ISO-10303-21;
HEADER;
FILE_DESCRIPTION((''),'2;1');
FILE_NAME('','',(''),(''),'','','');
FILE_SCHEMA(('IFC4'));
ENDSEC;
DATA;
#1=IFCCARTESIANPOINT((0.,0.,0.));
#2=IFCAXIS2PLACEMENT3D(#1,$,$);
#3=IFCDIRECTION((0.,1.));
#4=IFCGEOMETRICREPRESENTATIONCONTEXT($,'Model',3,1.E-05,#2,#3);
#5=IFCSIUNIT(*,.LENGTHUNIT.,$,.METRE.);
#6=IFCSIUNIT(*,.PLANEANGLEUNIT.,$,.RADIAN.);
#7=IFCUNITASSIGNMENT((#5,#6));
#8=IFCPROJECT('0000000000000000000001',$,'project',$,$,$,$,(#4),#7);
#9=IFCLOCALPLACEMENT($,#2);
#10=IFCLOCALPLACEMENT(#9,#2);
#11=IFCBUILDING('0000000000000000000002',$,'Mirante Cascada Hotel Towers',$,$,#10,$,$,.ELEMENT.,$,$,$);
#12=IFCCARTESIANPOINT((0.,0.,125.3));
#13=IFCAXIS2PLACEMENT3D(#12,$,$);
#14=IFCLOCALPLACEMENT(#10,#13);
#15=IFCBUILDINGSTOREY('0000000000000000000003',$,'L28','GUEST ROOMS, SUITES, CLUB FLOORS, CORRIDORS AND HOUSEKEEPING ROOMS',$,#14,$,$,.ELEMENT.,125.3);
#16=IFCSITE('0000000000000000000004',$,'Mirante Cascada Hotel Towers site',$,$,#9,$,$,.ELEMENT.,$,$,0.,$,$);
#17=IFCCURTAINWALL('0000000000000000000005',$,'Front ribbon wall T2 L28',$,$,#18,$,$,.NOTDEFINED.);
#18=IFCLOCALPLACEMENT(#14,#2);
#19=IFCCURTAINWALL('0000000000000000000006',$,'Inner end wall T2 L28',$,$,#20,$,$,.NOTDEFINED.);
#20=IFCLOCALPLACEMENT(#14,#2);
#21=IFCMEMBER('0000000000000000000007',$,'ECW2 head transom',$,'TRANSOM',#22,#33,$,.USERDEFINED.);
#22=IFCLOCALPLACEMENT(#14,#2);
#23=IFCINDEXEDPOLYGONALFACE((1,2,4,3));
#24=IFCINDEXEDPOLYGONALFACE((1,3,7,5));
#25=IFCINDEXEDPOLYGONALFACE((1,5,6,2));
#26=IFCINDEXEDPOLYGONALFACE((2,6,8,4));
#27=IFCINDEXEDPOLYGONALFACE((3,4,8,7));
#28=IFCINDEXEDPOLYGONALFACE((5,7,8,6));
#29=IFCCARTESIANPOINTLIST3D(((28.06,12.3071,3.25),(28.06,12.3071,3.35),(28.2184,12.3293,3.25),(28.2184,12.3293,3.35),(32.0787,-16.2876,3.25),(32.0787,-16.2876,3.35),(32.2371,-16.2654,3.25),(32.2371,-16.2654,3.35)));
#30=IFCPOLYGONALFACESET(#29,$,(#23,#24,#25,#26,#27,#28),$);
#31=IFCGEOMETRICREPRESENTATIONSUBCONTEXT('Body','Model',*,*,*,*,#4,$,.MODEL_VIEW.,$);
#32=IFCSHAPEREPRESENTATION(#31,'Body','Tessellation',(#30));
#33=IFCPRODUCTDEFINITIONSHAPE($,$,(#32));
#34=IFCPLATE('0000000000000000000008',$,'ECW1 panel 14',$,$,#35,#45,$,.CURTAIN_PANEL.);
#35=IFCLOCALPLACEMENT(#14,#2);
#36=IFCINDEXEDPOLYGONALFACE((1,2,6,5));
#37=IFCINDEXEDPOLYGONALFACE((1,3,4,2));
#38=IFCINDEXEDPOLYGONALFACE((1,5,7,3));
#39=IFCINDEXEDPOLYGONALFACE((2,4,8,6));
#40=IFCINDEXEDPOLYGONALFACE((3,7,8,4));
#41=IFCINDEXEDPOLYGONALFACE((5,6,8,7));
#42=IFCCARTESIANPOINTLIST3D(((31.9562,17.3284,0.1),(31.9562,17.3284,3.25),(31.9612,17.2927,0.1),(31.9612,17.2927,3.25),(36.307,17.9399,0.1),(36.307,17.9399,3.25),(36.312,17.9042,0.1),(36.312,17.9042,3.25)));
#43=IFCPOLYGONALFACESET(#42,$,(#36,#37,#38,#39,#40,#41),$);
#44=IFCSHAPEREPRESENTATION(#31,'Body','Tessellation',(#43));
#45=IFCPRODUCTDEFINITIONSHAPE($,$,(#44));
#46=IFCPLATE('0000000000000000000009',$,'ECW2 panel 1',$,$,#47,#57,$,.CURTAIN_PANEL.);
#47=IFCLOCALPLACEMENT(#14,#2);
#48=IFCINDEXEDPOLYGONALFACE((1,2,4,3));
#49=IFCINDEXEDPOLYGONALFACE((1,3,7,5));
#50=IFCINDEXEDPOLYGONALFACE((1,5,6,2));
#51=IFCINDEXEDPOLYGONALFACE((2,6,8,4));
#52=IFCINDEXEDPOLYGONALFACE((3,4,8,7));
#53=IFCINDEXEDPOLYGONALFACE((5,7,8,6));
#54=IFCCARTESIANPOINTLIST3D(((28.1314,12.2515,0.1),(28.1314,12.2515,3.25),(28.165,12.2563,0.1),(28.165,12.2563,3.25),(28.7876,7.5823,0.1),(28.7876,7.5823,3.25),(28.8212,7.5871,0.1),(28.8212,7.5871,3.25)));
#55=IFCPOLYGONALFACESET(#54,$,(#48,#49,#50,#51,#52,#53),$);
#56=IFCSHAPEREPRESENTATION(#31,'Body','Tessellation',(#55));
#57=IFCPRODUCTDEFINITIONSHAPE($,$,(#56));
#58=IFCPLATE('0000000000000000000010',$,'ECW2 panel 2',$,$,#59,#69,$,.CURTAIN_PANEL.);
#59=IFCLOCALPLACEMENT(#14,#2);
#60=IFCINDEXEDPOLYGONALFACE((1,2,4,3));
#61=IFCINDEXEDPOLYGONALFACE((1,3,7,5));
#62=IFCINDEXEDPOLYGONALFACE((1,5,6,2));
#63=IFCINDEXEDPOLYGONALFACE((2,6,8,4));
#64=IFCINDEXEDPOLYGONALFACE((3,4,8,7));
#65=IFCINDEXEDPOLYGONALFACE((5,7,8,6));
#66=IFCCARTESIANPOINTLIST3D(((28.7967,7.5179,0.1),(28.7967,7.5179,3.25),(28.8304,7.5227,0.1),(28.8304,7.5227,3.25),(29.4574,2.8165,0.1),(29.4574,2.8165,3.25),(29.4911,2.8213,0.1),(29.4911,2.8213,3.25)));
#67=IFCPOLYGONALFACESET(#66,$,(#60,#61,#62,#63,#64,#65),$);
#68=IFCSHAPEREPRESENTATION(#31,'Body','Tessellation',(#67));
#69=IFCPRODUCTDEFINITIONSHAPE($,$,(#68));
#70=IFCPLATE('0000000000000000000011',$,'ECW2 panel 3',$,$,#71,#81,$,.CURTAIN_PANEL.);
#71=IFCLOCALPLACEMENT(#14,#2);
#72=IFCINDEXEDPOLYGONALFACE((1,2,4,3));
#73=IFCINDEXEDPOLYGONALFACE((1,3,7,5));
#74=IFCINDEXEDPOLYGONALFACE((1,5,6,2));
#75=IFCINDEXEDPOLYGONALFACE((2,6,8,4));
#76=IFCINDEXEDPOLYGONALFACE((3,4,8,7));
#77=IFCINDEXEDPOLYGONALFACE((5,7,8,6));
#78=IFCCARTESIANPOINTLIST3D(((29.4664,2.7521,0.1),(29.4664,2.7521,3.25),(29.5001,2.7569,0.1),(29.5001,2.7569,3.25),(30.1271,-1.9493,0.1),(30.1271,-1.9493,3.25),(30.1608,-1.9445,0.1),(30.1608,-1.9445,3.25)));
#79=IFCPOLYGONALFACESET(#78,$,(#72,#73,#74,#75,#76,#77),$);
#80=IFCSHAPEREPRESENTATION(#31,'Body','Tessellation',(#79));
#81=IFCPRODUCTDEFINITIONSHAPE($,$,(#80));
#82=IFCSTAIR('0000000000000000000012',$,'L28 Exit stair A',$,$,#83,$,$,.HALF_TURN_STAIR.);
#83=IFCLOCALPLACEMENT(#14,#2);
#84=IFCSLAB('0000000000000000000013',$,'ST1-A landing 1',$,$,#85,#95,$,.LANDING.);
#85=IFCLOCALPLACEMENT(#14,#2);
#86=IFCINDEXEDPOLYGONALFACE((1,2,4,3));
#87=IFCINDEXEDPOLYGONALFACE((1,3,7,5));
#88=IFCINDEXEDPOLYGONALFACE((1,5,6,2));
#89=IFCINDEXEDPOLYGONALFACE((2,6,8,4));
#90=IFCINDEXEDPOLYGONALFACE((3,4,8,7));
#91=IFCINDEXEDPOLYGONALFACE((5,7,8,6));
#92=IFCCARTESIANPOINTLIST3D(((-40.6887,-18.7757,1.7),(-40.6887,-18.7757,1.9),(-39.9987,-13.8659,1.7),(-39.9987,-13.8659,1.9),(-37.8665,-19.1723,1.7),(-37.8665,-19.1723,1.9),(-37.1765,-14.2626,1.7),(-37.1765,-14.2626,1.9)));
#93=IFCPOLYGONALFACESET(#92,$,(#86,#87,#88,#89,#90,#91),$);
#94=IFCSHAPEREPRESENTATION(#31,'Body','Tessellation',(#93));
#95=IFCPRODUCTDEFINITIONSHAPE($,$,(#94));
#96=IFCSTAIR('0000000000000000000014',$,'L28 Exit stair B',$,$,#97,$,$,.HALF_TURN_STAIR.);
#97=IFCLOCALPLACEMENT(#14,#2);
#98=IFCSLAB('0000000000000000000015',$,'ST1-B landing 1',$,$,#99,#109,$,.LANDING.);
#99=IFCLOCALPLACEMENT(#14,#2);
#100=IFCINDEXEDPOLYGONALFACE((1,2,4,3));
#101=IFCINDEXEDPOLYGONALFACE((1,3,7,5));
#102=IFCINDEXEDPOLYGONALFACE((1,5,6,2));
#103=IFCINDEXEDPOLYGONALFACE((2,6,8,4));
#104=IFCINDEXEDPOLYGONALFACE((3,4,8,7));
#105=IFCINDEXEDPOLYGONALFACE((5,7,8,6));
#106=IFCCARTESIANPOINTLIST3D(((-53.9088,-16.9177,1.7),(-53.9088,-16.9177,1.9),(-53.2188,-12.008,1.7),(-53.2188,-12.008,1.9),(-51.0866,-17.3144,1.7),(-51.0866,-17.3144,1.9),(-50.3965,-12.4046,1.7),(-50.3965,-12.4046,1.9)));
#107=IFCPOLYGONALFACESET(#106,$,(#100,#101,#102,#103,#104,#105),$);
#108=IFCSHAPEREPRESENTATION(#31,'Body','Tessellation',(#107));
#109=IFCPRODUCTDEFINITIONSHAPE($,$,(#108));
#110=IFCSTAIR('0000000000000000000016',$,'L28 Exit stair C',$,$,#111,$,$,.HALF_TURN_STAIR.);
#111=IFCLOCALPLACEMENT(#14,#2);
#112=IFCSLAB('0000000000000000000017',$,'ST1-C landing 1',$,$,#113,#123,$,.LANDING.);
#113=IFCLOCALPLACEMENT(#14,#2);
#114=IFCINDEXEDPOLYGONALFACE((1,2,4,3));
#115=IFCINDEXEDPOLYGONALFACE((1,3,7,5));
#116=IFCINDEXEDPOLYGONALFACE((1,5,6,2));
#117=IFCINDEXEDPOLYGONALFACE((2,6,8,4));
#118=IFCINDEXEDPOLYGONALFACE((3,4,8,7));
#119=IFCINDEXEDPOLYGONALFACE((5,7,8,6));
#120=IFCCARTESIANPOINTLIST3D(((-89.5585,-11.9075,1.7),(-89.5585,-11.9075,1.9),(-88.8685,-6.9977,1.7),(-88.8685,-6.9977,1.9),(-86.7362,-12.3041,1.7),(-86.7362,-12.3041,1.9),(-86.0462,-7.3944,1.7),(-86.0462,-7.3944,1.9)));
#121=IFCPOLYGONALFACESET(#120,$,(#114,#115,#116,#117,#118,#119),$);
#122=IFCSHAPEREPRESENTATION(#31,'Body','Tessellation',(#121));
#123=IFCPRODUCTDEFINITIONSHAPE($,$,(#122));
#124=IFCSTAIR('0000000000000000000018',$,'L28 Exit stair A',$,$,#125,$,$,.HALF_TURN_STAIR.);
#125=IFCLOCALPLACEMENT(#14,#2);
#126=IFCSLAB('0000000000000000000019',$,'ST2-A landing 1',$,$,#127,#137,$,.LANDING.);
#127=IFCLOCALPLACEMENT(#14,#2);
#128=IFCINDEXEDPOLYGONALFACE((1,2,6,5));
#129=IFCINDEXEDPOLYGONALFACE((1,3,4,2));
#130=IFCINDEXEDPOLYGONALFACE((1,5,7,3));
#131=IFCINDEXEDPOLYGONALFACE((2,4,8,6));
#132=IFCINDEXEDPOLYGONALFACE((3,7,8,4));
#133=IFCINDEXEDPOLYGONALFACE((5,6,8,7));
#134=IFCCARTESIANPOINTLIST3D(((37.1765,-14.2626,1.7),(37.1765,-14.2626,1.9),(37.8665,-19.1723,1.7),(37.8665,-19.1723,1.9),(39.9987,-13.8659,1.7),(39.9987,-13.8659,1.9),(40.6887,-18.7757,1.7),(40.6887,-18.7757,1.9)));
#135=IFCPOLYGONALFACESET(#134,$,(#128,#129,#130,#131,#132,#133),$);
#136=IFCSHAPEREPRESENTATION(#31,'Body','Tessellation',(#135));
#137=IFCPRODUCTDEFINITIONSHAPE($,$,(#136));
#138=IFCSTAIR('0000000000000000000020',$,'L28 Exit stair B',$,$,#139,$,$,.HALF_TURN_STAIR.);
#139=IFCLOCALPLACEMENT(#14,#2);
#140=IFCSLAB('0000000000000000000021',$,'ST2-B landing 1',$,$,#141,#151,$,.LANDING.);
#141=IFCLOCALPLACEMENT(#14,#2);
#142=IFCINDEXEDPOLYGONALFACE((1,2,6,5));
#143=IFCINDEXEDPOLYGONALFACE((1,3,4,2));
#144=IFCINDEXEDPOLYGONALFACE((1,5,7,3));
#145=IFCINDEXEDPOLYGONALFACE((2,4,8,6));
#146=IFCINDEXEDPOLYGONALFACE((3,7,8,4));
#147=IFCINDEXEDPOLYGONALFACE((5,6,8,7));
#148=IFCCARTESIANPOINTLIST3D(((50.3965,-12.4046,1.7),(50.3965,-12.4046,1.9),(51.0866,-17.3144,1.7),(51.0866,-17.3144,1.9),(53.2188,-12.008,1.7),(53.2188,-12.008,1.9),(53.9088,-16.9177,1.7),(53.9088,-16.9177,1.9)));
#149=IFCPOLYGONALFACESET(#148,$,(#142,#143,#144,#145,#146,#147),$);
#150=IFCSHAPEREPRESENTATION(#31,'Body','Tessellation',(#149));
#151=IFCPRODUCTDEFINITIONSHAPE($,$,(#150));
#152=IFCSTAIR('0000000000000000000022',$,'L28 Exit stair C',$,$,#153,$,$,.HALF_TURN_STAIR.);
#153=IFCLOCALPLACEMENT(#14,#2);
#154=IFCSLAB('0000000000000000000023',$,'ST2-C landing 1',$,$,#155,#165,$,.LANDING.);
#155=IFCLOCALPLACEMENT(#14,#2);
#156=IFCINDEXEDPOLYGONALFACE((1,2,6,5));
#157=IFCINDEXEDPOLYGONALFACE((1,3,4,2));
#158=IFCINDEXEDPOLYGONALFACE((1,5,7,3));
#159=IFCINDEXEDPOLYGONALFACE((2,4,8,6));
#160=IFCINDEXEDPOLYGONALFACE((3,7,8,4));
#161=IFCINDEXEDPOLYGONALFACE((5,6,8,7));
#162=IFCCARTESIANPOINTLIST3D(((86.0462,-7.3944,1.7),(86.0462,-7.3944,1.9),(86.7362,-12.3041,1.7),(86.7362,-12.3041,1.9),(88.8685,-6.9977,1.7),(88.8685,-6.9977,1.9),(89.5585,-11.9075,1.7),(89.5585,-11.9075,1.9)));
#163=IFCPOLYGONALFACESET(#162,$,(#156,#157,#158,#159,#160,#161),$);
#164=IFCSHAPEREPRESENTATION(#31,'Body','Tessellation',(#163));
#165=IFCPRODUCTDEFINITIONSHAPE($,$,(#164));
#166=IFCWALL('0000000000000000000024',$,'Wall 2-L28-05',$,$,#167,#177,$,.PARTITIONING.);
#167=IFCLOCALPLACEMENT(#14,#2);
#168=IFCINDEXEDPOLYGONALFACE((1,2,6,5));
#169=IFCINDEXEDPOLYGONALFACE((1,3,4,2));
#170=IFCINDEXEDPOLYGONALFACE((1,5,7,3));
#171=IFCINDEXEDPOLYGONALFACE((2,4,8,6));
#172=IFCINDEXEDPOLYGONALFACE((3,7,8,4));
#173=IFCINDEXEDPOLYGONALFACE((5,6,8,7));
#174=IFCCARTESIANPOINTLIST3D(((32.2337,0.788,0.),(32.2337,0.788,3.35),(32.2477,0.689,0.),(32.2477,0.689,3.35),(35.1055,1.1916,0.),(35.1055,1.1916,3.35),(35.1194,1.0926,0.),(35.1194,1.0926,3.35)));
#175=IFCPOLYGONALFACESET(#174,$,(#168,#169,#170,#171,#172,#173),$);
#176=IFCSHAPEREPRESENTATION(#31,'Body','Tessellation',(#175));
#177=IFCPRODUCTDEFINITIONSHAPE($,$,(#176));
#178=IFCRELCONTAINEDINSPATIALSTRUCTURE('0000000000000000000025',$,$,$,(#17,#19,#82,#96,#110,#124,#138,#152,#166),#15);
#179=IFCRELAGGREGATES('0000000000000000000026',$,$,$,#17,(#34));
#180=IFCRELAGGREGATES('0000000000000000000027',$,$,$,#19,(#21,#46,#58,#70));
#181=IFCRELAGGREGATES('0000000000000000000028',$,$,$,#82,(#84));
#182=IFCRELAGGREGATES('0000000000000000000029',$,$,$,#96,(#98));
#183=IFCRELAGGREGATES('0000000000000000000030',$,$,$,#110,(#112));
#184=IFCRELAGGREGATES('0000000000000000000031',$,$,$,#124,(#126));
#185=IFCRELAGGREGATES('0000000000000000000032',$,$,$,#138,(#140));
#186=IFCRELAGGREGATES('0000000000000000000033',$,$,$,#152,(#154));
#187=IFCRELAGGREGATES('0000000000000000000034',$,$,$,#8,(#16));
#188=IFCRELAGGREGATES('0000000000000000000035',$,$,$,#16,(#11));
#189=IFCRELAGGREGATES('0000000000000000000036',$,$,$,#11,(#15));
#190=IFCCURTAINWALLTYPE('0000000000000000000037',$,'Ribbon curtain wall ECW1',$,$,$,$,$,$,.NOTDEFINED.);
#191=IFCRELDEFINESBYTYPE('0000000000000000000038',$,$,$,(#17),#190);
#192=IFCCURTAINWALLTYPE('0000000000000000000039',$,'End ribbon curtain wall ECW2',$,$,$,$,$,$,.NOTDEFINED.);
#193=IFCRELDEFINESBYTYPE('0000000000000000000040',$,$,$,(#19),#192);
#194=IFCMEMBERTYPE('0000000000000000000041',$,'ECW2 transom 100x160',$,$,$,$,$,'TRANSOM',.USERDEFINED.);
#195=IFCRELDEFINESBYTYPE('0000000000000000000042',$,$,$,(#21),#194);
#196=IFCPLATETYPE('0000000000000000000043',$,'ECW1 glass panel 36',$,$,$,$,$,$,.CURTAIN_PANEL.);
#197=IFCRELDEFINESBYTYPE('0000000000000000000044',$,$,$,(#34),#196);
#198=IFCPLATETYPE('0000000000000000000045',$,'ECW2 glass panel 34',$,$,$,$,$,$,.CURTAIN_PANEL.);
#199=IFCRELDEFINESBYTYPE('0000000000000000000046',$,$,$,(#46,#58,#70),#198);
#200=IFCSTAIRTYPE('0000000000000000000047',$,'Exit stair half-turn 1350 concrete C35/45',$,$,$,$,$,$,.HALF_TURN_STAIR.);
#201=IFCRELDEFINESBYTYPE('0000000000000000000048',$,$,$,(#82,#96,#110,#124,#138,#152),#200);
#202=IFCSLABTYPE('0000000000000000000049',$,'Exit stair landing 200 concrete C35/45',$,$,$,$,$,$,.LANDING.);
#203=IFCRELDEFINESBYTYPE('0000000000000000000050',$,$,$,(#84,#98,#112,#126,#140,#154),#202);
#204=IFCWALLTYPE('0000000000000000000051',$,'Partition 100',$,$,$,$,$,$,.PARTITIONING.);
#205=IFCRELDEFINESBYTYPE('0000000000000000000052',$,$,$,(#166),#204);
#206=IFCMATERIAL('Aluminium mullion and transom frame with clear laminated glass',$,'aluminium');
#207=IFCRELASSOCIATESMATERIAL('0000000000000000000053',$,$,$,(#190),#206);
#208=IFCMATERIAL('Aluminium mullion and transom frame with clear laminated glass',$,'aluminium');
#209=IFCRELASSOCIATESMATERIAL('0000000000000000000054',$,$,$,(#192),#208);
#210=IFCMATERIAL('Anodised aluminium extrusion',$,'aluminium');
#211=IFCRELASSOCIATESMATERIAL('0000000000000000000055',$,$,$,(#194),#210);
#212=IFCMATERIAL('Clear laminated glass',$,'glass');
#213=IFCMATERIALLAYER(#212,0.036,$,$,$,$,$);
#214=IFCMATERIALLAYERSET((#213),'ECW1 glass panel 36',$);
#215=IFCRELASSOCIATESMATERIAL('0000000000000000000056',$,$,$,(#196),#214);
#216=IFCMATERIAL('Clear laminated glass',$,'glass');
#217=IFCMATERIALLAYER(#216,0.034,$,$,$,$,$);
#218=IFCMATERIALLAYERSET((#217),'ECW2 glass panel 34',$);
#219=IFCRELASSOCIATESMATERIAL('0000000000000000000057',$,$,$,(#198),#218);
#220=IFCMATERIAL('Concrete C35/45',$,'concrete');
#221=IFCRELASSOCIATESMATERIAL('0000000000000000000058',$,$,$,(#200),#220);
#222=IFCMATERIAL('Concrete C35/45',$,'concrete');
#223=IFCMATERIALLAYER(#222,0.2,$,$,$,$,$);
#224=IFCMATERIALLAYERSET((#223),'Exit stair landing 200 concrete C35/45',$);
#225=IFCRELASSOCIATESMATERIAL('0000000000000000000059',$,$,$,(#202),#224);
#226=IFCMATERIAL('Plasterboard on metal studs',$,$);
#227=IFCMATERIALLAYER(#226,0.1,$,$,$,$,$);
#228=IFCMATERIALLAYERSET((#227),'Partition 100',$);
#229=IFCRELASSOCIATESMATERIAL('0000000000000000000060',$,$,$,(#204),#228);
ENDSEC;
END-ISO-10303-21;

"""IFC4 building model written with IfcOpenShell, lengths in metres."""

from ifc_helpers import new_model, si_unit, direction, frame, frame_2d, origin, origin_2d, place, context, subcontext, project, spatial, polyline, rectangle, outline, extrude, material, layer, layer_set, material_profile, profile_set, type_object, element, aggregate, save


model = new_model("IFC4")

# Units and contexts
model_context = context("Model", 3, precision=1e-05, world=origin(), true_north=direction((0.0, 1.0)))
body_context = subcontext(model_context, "Body", "Model", "MODEL_VIEW")
ifc_project = project(units=[si_unit("LENGTHUNIT", "METRE"), si_unit("PLANEANGLEUNIT", "RADIAN")], contexts=[model_context])

# Site, building, storey
site_placement = place(None, origin())
site = spatial("IfcSite", under=ifc_project, at=site_placement, Name="Mirante Cascada Hotel Towers site", CompositionType="ELEMENT", RefElevation=0.0)
building_placement = place(site_placement, origin())
building = spatial("IfcBuilding", under=site, at=building_placement, Name="Mirante Cascada Hotel Towers", CompositionType="ELEMENT")
storey_placement = place(building_placement, frame((0.0, 0.0, 125.3)))
storey = spatial("IfcBuildingStorey", under=building, at=storey_placement, Name="L28", Description="GUEST ROOMS, SUITES, CLUB FLOORS, CORRIDORS AND HOUSEKEEPING ROOMS", CompositionType="ELEMENT", Elevation=125.3)

# Curtain walls, member
ifc_material_1 = material(Name="Aluminium mullion and transom frame with clear laminated glass", Category="aluminium")
curtain_wall_type_1 = type_object("IfcCurtainWallType", Name="Ribbon curtain wall ECW1", PredefinedType="NOTDEFINED", material=ifc_material_1)
curtain_wall_1_placement = place(storey_placement, origin())
curtain_wall_1 = element("IfcCurtainWall", 1, at=curtain_wall_1_placement, inside=storey, type_object=curtain_wall_type_1, Name="Front ribbon wall T2 L28", PredefinedType="NOTDEFINED")
ifc_material_2 = material(Name="Aluminium mullion and transom frame with clear laminated glass", Category="aluminium")
curtain_wall_type_2 = type_object("IfcCurtainWallType", Name="End ribbon curtain wall ECW2", PredefinedType="NOTDEFINED", material=ifc_material_2)
curtain_wall_2_placement = place(storey_placement, origin())
curtain_wall_2 = element("IfcCurtainWall", 2, at=curtain_wall_2_placement, inside=storey, type_object=curtain_wall_type_2, Name="Inner end wall T2 L28", PredefinedType="NOTDEFINED")
ifc_material_3 = material(Name="Anodised aluminium extrusion", Category="aluminium")
ifc_material_profile_1 = material_profile(ifc_material_3, rectangle(XDim=0.16, YDim=0.1, at=origin_2d()), Name="ECW2 TRANSOM 100x160")
ifc_profile_set_1 = profile_set([ifc_material_profile_1], Name="Anodised aluminium extrusion")
member_type_1 = type_object("IfcMemberType", Name="ECW2 transom 100x160", ElementType="TRANSOM", PredefinedType="USERDEFINED", material=ifc_profile_set_1)
member_1_placement = place(storey_placement, frame((28.1392, 12.3182, 3.3), z_axis=(0.139172, -0.990268, 0.0), x_axis=(0.990268, 0.139172, 0.0)))
member_1 = element("IfcMember", 3, at=member_1_placement, type_object=member_type_1, Name="ECW2 head transom", ObjectType="TRANSOM", PredefinedType="USERDEFINED", context=body_context, shape_type="SweptSolid", body=[
    extrude(rectangle(XDim=0.16, YDim=0.1, at=origin_2d()), origin(), (0.0, 0.0, 1.0), 28.8757),
])

# Plates
ifc_material_4 = material(Name="Clear laminated glass", Category="glass")
ifc_layer_1 = layer(ifc_material_4, 0.036)
ifc_layer_set_1 = layer_set([ifc_layer_1], Name="ECW1 glass panel 36")
plate_type_1 = type_object("IfcPlateType", Name="ECW1 glass panel 36", PredefinedType="CURTAIN_PANEL", material=ifc_layer_set_1)
plate_1_placement = place(storey_placement, frame((34.1341, 17.6163, 0.1), z_axis=(0.0, 0.0, 1.0), x_axis=(-0.990268, -0.139173, 0.0)))
plate_1 = element("IfcPlate", 4, at=plate_1_placement, type_object=plate_type_1, Name="ECW1 panel 14", PredefinedType="CURTAIN_PANEL", context=body_context, shape_type="SweptSolid", body=[
    extrude(rectangle(XDim=4.3936, YDim=0.036, at=origin_2d()), origin(), (0.0, 0.0, 1.0), 3.15),
])
aggregate(curtain_wall_1, [plate_1])
ifc_material_5 = material(Name="Clear laminated glass", Category="glass")
ifc_layer_2 = layer(ifc_material_5, 0.034)
ifc_layer_set_2 = layer_set([ifc_layer_2], Name="ECW2 glass panel 34")
plate_type_2 = type_object("IfcPlateType", Name="ECW2 glass panel 34", PredefinedType="CURTAIN_PANEL", material=ifc_layer_set_2)
plate_2_placement = place(storey_placement, frame((28.4763, 9.9193, 0.1), z_axis=(0.0, 0.0, 1.0), x_axis=(0.139173, -0.990268, 0.0)))
plate_2 = element("IfcPlate", 5, at=plate_2_placement, type_object=plate_type_2, Name="ECW2 panel 1", PredefinedType="CURTAIN_PANEL", context=body_context, shape_type="SweptSolid", body=[
    extrude(rectangle(XDim=4.7151, YDim=0.034, at=origin_2d()), origin(), (0.0, 0.0, 1.0), 3.15),
])
plate_3_placement = place(storey_placement, frame((29.1439, 5.1696, 0.1), z_axis=(0.0, 0.0, 1.0), x_axis=(0.139173, -0.990268, 0.0)))
plate_3 = element("IfcPlate", 6, at=plate_3_placement, type_object=plate_type_2, Name="ECW2 panel 2", PredefinedType="CURTAIN_PANEL", context=body_context, shape_type="SweptSolid", body=[
    extrude(rectangle(XDim=4.7476, YDim=0.034, at=origin_2d()), origin(), (0.0, 0.0, 1.0), 3.15),
])
plate_4_placement = place(storey_placement, frame((29.8136, 0.4038, 0.1), z_axis=(0.0, 0.0, 1.0), x_axis=(0.139173, -0.990268, 0.0)))
plate_4 = element("IfcPlate", 7, at=plate_4_placement, type_object=plate_type_2, Name="ECW2 panel 3", PredefinedType="CURTAIN_PANEL", context=body_context, shape_type="SweptSolid", body=[
    extrude(rectangle(XDim=4.7476, YDim=0.034, at=origin_2d()), origin(), (0.0, 0.0, 1.0), 3.15),
])
aggregate(curtain_wall_2, [member_1, plate_2, plate_3, plate_4])

# Stairs, slabs
ifc_material_6 = material(Name="Concrete C35/45", Category="concrete")
stair_type = type_object("IfcStairType", Name="Exit stair half-turn 1350 concrete C35/45", PredefinedType="HALF_TURN_STAIR", material=ifc_material_6)
stair_1_placement = place(storey_placement, origin())
stair_1 = element("IfcStair", 8, at=stair_1_placement, inside=storey, type_object=stair_type, Name="L28 Exit stair A", PredefinedType="HALF_TURN_STAIR")
ifc_material_7 = material(Name="Concrete C35/45", Category="concrete")
ifc_layer_3 = layer(ifc_material_7, 0.2)
ifc_layer_set_3 = layer_set([ifc_layer_3], Name="Exit stair landing 200 concrete C35/45")
slab_type = type_object("IfcSlabType", Name="Exit stair landing 200 concrete C35/45", PredefinedType="LANDING", material=ifc_layer_set_3)
slab_1_placement = place(storey_placement, frame((0.0, 0.0, 1.7)))
slab_1 = element("IfcSlab", 9, at=slab_1_placement, type_object=slab_type, Name="ST1-A landing 1", PredefinedType="LANDING", context=body_context, shape_type="SweptSolid", body=[
    extrude(outline(polyline([(-39.9987, -13.8659), (-40.6887, -18.7757), (-37.8665, -19.1723), (-37.1765, -14.2626), (-39.9987, -13.8659)])), origin(), (0.0, 0.0, 1.0), 0.2),
])
aggregate(stair_1, [slab_1])
stair_2_placement = place(storey_placement, origin())
stair_2 = element("IfcStair", 10, at=stair_2_placement, inside=storey, type_object=stair_type, Name="L28 Exit stair B", PredefinedType="HALF_TURN_STAIR")
slab_2_placement = place(storey_placement, frame((0.0, 0.0, 1.7)))
slab_2 = element("IfcSlab", 11, at=slab_2_placement, type_object=slab_type, Name="ST1-B landing 1", PredefinedType="LANDING", context=body_context, shape_type="SweptSolid", body=[
    extrude(outline(polyline([(-53.2188, -12.008), (-53.9088, -16.9177), (-51.0866, -17.3144), (-50.3965, -12.4046), (-53.2188, -12.008)])), origin(), (0.0, 0.0, 1.0), 0.2),
])
aggregate(stair_2, [slab_2])
stair_3_placement = place(storey_placement, origin())
stair_3 = element("IfcStair", 12, at=stair_3_placement, inside=storey, type_object=stair_type, Name="L28 Exit stair C", PredefinedType="HALF_TURN_STAIR")
slab_3_placement = place(storey_placement, frame((0.0, 0.0, 1.7)))
slab_3 = element("IfcSlab", 13, at=slab_3_placement, type_object=slab_type, Name="ST1-C landing 1", PredefinedType="LANDING", context=body_context, shape_type="SweptSolid", body=[
    extrude(outline(polyline([(-88.8685, -6.9977), (-89.5585, -11.9075), (-86.7362, -12.3041), (-86.0462, -7.3944), (-88.8685, -6.9977)])), origin(), (0.0, 0.0, 1.0), 0.2),
])
aggregate(stair_3, [slab_3])
stair_4_placement = place(storey_placement, origin())
stair_4 = element("IfcStair", 14, at=stair_4_placement, inside=storey, type_object=stair_type, Name="L28 Exit stair A", PredefinedType="HALF_TURN_STAIR")
slab_4_placement = place(storey_placement, frame((0.0, 0.0, 1.7)))
slab_4 = element("IfcSlab", 15, at=slab_4_placement, type_object=slab_type, Name="ST2-A landing 1", PredefinedType="LANDING", context=body_context, shape_type="SweptSolid", body=[
    extrude(outline(polyline([(37.1765, -14.2626), (37.8665, -19.1723), (40.6887, -18.7757), (39.9987, -13.8659), (37.1765, -14.2626)])), origin(), (0.0, 0.0, 1.0), 0.2),
])
aggregate(stair_4, [slab_4])
stair_5_placement = place(storey_placement, origin())
stair_5 = element("IfcStair", 16, at=stair_5_placement, inside=storey, type_object=stair_type, Name="L28 Exit stair B", PredefinedType="HALF_TURN_STAIR")
slab_5_placement = place(storey_placement, frame((0.0, 0.0, 1.7)))
slab_5 = element("IfcSlab", 17, at=slab_5_placement, type_object=slab_type, Name="ST2-B landing 1", PredefinedType="LANDING", context=body_context, shape_type="SweptSolid", body=[
    extrude(outline(polyline([(50.3965, -12.4046), (51.0866, -17.3144), (53.9088, -16.9177), (53.2188, -12.008), (50.3965, -12.4046)])), origin(), (0.0, 0.0, 1.0), 0.2),
])
aggregate(stair_5, [slab_5])
stair_6_placement = place(storey_placement, origin())
stair_6 = element("IfcStair", 18, at=stair_6_placement, inside=storey, type_object=stair_type, Name="L28 Exit stair C", PredefinedType="HALF_TURN_STAIR")
slab_6_placement = place(storey_placement, frame((0.0, 0.0, 1.7)))
slab_6 = element("IfcSlab", 19, at=slab_6_placement, type_object=slab_type, Name="ST2-C landing 1", PredefinedType="LANDING", context=body_context, shape_type="SweptSolid", body=[
    extrude(outline(polyline([(86.0462, -7.3944), (86.7362, -12.3041), (89.5585, -11.9075), (88.8685, -6.9977), (86.0462, -7.3944)])), origin(), (0.0, 0.0, 1.0), 0.2),
])
aggregate(stair_6, [slab_6])

# Wall
ifc_material_8 = material(Name="Plasterboard on metal studs")
ifc_layer_4 = layer(ifc_material_8, 0.1)
ifc_layer_set_4 = layer_set([ifc_layer_4], Name="Partition 100")
wall_type_1 = type_object("IfcWallType", Name="Partition 100", PredefinedType="PARTITIONING", material=ifc_layer_set_4)
wall_1_placement = place(storey_placement, frame((32.2407, 0.7385, 0.0), z_axis=(0.0, 0.0, 1.0), x_axis=(0.990268, 0.139171, 0.0)))
element("IfcWall", 20, at=wall_1_placement, inside=storey, type_object=wall_type_1, Name="Wall 2-L28-05", PredefinedType="PARTITIONING", context=body_context, shape_type="SweptSolid", body=[
    extrude(rectangle(XDim=2.9, YDim=0.1, at=frame_2d((1.45, 0.0))), origin(), (0.0, 0.0, 1.0), 3.35),
])

save(model, "model.ifc")
